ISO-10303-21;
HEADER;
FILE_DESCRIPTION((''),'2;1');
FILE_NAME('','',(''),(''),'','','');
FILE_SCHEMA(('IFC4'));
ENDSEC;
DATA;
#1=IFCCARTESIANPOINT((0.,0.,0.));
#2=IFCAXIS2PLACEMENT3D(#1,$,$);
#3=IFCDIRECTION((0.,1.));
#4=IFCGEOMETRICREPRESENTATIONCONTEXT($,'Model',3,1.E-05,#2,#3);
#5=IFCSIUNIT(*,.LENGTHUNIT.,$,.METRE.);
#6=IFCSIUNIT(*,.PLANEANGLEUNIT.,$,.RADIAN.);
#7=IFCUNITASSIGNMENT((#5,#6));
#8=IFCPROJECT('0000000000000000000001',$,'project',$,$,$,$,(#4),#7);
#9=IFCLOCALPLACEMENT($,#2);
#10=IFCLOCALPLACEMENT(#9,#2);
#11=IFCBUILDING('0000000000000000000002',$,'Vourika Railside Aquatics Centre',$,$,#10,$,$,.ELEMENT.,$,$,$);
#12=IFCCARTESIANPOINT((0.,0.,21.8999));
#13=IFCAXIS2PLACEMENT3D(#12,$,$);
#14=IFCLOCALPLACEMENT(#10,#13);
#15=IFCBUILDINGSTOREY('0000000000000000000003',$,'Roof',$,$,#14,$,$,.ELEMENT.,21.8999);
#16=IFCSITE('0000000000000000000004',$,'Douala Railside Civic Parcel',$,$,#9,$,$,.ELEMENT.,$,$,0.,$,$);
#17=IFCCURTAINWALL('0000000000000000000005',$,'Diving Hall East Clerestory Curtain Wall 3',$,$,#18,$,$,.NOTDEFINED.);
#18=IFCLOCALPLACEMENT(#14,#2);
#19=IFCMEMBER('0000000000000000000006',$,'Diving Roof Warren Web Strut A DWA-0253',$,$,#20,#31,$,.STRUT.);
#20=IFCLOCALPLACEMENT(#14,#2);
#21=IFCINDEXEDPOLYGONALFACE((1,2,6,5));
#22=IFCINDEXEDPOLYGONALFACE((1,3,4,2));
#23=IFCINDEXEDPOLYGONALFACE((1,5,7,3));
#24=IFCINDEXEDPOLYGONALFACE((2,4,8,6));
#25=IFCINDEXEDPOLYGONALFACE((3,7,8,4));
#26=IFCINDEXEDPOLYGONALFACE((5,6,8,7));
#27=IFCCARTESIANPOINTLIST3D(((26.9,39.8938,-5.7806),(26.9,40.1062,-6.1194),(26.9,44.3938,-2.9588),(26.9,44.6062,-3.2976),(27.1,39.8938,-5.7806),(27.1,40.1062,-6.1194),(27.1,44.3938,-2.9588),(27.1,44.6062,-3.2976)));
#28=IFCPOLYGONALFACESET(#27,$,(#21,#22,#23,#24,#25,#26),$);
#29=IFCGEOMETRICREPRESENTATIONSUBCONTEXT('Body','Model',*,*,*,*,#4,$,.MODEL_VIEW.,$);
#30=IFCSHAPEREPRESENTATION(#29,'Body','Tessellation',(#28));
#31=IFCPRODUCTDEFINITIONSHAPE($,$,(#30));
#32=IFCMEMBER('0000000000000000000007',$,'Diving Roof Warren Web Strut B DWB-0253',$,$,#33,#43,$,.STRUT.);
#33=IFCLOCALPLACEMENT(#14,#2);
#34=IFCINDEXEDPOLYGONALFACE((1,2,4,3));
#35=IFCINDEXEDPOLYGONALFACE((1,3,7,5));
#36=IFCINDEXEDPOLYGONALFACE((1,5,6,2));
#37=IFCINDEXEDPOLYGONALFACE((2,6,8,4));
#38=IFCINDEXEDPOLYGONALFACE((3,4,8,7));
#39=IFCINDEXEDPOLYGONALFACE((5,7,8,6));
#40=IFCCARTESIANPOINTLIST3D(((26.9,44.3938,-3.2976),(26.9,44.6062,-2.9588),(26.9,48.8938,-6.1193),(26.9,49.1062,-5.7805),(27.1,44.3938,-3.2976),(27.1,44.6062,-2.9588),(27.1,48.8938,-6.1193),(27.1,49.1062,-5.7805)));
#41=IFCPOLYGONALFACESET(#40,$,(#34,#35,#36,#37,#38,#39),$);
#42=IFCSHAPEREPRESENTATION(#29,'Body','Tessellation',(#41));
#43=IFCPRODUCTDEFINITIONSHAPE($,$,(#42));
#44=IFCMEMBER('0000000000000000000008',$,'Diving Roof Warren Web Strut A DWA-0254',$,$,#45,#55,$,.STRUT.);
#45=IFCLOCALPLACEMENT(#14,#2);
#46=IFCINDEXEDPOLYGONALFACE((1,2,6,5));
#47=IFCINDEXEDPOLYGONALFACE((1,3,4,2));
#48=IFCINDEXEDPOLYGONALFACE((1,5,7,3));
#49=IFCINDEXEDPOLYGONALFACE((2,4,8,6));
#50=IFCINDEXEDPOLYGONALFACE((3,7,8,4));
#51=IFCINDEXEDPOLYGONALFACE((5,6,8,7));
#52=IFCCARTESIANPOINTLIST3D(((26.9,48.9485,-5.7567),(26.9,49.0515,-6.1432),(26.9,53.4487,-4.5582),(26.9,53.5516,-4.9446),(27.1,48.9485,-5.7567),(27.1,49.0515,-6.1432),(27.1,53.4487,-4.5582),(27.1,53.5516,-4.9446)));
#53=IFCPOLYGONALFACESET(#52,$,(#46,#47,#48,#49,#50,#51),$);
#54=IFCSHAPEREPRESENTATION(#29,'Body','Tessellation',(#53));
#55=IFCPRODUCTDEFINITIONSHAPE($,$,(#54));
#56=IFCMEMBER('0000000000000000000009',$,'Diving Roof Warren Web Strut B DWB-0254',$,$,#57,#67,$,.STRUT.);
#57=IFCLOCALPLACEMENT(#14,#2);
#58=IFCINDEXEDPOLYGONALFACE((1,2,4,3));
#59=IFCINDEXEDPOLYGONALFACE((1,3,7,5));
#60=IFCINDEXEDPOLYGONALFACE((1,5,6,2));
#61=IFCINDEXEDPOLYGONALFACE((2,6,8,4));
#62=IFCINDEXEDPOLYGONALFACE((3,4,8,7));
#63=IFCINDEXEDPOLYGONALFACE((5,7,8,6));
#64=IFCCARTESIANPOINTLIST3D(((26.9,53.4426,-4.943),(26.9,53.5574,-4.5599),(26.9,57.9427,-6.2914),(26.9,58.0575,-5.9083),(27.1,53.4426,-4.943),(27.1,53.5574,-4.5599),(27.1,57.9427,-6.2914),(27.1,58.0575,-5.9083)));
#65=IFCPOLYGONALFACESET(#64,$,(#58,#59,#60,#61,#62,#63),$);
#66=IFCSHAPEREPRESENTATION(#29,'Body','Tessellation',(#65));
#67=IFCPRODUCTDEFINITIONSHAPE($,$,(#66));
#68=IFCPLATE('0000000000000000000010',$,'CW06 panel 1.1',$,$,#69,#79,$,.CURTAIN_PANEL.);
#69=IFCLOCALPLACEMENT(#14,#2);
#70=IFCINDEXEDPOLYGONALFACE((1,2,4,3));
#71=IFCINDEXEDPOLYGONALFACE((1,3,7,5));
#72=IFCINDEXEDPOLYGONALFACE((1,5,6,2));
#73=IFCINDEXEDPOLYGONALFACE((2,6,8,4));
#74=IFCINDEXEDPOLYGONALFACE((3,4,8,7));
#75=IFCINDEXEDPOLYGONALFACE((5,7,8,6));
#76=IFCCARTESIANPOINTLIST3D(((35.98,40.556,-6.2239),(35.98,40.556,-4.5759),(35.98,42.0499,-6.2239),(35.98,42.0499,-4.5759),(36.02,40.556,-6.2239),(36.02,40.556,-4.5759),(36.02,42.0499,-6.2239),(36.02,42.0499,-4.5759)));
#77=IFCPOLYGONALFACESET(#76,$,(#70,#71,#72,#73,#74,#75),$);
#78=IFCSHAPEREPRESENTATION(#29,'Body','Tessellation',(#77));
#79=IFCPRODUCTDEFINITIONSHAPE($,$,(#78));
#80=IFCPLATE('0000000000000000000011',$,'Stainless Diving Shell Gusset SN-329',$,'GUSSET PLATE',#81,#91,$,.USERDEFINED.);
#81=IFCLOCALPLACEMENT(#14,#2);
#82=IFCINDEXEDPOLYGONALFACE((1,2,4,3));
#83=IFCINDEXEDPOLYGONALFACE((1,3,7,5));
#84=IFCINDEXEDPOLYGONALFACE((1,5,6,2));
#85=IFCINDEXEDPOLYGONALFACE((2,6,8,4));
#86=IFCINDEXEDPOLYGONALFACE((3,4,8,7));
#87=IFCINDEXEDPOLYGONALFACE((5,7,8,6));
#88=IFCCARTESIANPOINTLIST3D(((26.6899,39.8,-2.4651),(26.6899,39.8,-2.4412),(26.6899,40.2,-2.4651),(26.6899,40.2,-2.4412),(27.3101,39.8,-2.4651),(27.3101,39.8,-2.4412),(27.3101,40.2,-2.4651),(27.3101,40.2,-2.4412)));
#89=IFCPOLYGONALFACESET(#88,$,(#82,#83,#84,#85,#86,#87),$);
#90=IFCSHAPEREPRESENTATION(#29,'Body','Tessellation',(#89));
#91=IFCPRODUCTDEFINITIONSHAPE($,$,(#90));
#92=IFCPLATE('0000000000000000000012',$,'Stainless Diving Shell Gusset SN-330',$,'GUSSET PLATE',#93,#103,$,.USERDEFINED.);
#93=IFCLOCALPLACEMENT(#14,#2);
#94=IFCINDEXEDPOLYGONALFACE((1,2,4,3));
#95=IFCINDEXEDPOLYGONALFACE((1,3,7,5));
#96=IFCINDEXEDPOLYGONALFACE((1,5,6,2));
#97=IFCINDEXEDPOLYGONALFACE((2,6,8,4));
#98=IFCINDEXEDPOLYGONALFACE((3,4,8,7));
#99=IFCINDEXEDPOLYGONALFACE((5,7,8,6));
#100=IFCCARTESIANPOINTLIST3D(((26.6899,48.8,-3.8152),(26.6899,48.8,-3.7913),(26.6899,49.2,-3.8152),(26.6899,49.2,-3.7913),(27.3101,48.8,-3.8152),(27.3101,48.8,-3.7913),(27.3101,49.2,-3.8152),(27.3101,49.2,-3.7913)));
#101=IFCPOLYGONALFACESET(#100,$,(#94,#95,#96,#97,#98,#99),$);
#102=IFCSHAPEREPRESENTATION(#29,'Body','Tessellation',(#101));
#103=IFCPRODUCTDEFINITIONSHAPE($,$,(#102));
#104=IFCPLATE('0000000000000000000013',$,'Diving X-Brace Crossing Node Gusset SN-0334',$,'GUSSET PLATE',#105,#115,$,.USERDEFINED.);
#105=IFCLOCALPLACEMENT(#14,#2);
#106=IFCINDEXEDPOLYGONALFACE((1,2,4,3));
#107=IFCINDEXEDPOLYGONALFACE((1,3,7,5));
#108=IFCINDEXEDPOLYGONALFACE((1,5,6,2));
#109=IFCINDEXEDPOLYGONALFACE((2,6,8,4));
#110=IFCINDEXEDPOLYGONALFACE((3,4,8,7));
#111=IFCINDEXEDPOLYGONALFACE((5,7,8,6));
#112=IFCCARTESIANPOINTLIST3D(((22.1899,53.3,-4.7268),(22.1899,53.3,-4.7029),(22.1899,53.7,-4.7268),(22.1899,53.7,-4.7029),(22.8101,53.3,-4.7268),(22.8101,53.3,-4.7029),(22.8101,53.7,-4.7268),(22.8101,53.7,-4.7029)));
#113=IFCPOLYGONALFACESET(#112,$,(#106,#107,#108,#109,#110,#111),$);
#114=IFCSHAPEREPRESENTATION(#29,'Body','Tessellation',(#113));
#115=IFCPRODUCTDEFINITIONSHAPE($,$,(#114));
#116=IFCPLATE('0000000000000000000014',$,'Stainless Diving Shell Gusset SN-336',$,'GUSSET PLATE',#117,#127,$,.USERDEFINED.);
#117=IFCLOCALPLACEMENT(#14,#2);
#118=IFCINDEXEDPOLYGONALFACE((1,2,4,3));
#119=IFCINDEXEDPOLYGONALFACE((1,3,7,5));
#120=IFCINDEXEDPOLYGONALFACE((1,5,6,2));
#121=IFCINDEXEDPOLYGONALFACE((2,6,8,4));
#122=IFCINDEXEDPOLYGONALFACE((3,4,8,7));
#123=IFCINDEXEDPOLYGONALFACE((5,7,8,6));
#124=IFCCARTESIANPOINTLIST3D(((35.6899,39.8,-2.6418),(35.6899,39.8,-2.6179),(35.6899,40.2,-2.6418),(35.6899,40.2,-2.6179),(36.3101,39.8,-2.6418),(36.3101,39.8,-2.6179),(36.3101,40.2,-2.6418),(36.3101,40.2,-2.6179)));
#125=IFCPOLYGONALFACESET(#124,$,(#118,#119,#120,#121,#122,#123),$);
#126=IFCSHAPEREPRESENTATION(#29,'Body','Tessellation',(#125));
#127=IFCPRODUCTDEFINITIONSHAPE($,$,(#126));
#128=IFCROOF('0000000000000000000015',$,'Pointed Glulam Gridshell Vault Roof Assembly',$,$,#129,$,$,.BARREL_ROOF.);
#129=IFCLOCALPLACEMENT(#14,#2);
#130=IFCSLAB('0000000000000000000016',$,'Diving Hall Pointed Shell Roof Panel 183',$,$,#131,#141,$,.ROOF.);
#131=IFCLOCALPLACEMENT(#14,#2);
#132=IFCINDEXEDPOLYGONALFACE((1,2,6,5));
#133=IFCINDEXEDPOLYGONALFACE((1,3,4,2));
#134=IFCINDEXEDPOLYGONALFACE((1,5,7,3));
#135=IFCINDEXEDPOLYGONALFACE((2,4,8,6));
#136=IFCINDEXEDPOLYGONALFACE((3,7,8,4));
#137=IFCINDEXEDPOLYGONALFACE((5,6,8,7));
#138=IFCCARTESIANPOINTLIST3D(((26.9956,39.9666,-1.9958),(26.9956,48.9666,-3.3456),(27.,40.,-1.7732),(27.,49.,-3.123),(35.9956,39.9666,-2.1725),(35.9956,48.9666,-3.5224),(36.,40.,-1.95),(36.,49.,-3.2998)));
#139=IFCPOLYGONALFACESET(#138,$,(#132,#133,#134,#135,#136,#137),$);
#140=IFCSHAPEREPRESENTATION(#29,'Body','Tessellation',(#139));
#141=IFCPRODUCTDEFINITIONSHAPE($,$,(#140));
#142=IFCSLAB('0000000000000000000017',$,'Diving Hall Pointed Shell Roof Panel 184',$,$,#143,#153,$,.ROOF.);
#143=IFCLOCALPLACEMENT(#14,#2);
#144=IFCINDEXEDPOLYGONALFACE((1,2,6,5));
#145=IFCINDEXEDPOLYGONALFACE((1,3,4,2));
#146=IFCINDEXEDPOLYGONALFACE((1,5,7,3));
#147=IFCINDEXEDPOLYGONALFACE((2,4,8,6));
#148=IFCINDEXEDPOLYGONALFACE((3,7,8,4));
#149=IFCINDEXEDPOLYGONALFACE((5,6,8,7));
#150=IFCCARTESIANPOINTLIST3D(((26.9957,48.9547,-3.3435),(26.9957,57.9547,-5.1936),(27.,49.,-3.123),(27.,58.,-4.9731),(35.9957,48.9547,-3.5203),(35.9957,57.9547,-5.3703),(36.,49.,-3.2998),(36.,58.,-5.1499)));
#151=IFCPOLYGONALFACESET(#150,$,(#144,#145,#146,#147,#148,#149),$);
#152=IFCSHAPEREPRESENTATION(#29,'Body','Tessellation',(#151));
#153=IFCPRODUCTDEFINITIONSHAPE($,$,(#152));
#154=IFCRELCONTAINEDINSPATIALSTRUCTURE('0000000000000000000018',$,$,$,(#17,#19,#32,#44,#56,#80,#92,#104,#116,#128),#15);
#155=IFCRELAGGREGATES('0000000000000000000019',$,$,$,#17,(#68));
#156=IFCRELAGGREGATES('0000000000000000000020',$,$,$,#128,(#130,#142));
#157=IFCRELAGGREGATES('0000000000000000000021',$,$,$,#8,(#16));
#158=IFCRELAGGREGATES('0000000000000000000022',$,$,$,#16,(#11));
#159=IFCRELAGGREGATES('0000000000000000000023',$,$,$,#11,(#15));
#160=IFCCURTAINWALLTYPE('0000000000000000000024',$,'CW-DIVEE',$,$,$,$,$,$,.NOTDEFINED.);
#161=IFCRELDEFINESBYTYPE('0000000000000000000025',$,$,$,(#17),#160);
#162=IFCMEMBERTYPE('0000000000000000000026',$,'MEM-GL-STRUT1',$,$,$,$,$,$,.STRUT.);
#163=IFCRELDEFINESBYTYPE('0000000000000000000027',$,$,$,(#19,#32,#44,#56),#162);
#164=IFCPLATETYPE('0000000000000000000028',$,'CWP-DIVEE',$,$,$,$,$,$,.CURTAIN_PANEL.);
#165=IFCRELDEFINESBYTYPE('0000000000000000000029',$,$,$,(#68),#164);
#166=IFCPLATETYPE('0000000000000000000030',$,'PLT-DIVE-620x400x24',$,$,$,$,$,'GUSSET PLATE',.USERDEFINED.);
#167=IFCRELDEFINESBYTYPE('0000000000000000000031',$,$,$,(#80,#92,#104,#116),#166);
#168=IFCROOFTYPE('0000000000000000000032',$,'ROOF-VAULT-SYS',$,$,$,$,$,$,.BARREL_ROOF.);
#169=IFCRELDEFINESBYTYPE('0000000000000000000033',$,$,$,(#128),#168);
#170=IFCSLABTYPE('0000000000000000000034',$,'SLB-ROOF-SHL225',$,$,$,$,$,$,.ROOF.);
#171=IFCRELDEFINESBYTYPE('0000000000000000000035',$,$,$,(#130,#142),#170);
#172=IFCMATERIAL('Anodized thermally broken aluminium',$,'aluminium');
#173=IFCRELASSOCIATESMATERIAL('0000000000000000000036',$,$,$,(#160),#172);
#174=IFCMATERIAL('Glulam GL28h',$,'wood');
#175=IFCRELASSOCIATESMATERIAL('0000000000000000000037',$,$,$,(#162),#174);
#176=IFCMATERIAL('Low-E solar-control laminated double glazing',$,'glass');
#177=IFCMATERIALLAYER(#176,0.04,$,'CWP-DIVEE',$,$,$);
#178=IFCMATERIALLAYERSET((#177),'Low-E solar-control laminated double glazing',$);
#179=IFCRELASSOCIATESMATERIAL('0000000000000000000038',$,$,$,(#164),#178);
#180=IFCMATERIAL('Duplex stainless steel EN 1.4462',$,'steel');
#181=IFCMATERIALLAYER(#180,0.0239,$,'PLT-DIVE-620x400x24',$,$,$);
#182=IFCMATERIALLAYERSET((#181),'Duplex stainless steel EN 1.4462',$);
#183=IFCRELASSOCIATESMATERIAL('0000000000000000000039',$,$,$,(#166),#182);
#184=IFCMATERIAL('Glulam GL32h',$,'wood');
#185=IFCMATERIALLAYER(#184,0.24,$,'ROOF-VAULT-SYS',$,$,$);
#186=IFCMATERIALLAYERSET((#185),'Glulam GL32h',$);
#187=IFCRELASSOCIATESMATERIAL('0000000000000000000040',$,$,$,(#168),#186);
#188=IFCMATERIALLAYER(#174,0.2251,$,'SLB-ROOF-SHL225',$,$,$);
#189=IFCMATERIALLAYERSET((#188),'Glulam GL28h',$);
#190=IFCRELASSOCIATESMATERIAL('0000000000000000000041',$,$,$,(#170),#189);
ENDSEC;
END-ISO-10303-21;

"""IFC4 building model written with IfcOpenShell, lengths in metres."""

from ifc_helpers import new_model, si_unit, direction, frame, origin, origin_2d, place, context, subcontext, project, spatial, polyline, rectangle, outline, extrude, material, layer, layer_set, material_profile, profile_set, type_object, element, aggregate, save


model = new_model("IFC4")

# Units and contexts
model_context = context("Model", 3, precision=1e-05, world=origin(), true_north=direction((0.0, 1.0)))
body_context = subcontext(model_context, "Body", "Model", "MODEL_VIEW")
ifc_project = project(units=[si_unit("LENGTHUNIT", "METRE"), si_unit("PLANEANGLEUNIT", "RADIAN")], contexts=[model_context])

# Site, building, storey
site_placement = place(None, origin())
site = spatial("IfcSite", under=ifc_project, at=site_placement, Name="Douala Railside Civic Parcel", CompositionType="ELEMENT", RefElevation=0.0)
building_placement = place(site_placement, origin())
building = spatial("IfcBuilding", under=site, at=building_placement, Name="Vourika Railside Aquatics Centre", CompositionType="ELEMENT")
storey_placement = place(building_placement, frame((0.0, 0.0, 21.8999)))
storey = spatial("IfcBuildingStorey", under=building, at=storey_placement, Name="Roof", CompositionType="ELEMENT", Elevation=21.8999)

# Shared definitions
ifc_material_1 = material(Name="Glulam GL32h", Category="wood")

# Curtain wall
ifc_material_2 = material(Name="Anodized thermally broken aluminium", Category="aluminium")
curtain_wall_type = type_object("IfcCurtainWallType", Name="CW-DIVEE", PredefinedType="NOTDEFINED", material=ifc_material_2)
curtain_wall_placement = place(storey_placement, origin())
curtain_wall = element("IfcCurtainWall", 1, at=curtain_wall_placement, inside=storey, type_object=curtain_wall_type, Name="Diving Hall East Clerestory Curtain Wall 3", PredefinedType="NOTDEFINED")

# Members
ifc_material_3 = material(Name="Glulam GL28h", Category="wood")
ifc_material_profile_1 = material_profile(ifc_material_3, rectangle(XDim=0.2, YDim=0.3999, at=origin_2d()), Name="GL28h 200x400")
ifc_profile_set_1 = profile_set([ifc_material_profile_1], Name="Glulam GL28h")
member_type_1 = type_object("IfcMemberType", Name="MEM-GL-STRUT1", PredefinedType="STRUT", material=ifc_profile_set_1)
for number, where, z_axis, x_axis, name in (
    (2, (27.0, 40.0, -5.95), (0.0, 0.847212, 0.531254), (-1.0, 0.0, 0.0), "Diving Roof Warren Web Strut A DWA-0253"),
    (3, (27.0, 44.5, -3.1282), (0.0, 0.847212, -0.531254), (-1.0, 0.0, 0.0), "Diving Roof Warren Web Strut B DWB-0253"),
):
    element("IfcMember", number, at=place(storey_placement, frame(where, z_axis=z_axis, x_axis=x_axis)), inside=storey, type_object=member_type_1, Name=name, PredefinedType="STRUT", context=body_context, shape_type="SweptSolid", body=[
        extrude(rectangle(XDim=0.2, YDim=0.3999, at=origin_2d()), origin(), (0.0, 0.0, 1.0), 5.3115),
    ])
member_1_placement = place(storey_placement, frame((27.0, 49.0, -5.95), z_axis=(0.0, 0.966316, 0.257359), x_axis=(-1.0, 0.0, 0.0)))
element("IfcMember", 4, at=member_1_placement, inside=storey, type_object=member_type_1, Name="Diving Roof Warren Web Strut A DWA-0254", PredefinedType="STRUT", context=body_context, shape_type="SweptSolid", body=[
    extrude(rectangle(XDim=0.2, YDim=0.3999, at=origin_2d()), origin(), (0.0, 0.0, 1.0), 4.657),
])
member_2_placement = place(storey_placement, frame((27.0, 53.5, -4.7515), z_axis=(0.0, 0.957921, -0.287033), x_axis=(-1.0, 0.0, 0.0)))
element("IfcMember", 5, at=member_2_placement, inside=storey, type_object=member_type_1, Name="Diving Roof Warren Web Strut B DWB-0254", PredefinedType="STRUT", context=body_context, shape_type="SweptSolid", body=[
    extrude(rectangle(XDim=0.2, YDim=0.3999, at=origin_2d()), origin(), (0.0, 0.0, 1.0), 4.6978),
])

# Plate
ifc_material_4 = material(Name="Low-E solar-control laminated double glazing", Category="glass")
ifc_layer_1 = layer(ifc_material_4, 0.04, Name="CWP-DIVEE")
ifc_layer_set_1 = layer_set([ifc_layer_1], Name="Low-E solar-control laminated double glazing")
plate_type_1 = type_object("IfcPlateType", Name="CWP-DIVEE", PredefinedType="CURTAIN_PANEL", material=ifc_layer_set_1)
plate_placement = place(storey_placement, frame((36.0, 41.303, -6.2239), z_axis=(0.0, 0.0, 1.0), x_axis=(0.0, 1.0, 0.0)))
plate = element("IfcPlate", 6, at=plate_placement, type_object=plate_type_1, Name="CW06 panel 1.1", PredefinedType="CURTAIN_PANEL", context=body_context, shape_type="SweptSolid", body=[
    extrude(rectangle(XDim=1.4939, YDim=0.04, at=origin_2d()), origin(), (0.0, 0.0, 1.0), 1.6479),
])
aggregate(curtain_wall, [plate])

# Plates
ifc_material_5 = material(Name="Duplex stainless steel EN 1.4462", Category="steel")
ifc_layer_2 = layer(ifc_material_5, 0.0239, Name="PLT-DIVE-620x400x24")
ifc_layer_set_2 = layer_set([ifc_layer_2], Name="Duplex stainless steel EN 1.4462")
plate_type_2 = type_object("IfcPlateType", Name="PLT-DIVE-620x400x24", ElementType="GUSSET PLATE", PredefinedType="USERDEFINED", material=ifc_layer_set_2)
for number, where, z_axis, x_axis, name in (
    (7, (27.0, 40.0, -2.4651), (0.0, 0.0, 1.0), (1.0, 0.0, 0.0), "Stainless Diving Shell Gusset SN-329"),
    (8, (27.0, 49.0, -3.8152), (0.0, 0.0, 1.0), (1.0, 0.0, 0.0), "Stainless Diving Shell Gusset SN-330"),
    (9, (22.5, 53.5, -4.7268), (0.0, 0.0, 1.0), (1.0, 0.0, 0.0), "Diving X-Brace Crossing Node Gusset SN-0334"),
    (10, (36.0, 40.0, -2.6418), (0.0, 0.0, 1.0), (1.0, 0.0, 0.0), "Stainless Diving Shell Gusset SN-336"),
):
    element("IfcPlate", number, at=place(storey_placement, frame(where, z_axis=z_axis, x_axis=x_axis)), inside=storey, type_object=plate_type_2, Name=name, ObjectType="GUSSET PLATE", PredefinedType="USERDEFINED", context=body_context, shape_type="SweptSolid", body=[
        extrude(rectangle(XDim=0.6201, YDim=0.3999, at=origin_2d()), origin(), (0.0, 0.0, 1.0), 0.0239),
    ])

# Roof, slabs
ifc_layer_3 = layer(ifc_material_1, 0.24, Name="ROOF-VAULT-SYS")
ifc_layer_set_3 = layer_set([ifc_layer_3], Name="Glulam GL32h")
roof_type = type_object("IfcRoofType", Name="ROOF-VAULT-SYS", PredefinedType="BARREL_ROOF", material=ifc_layer_set_3)
roof_placement = place(storey_placement, origin())
roof = element("IfcRoof", 11, at=roof_placement, inside=storey, type_object=roof_type, Name="Pointed Glulam Gridshell Vault Roof Assembly", PredefinedType="BARREL_ROOF")
ifc_layer_4 = layer(ifc_material_3, 0.2251, Name="SLB-ROOF-SHL225")
ifc_layer_set_4 = layer_set([ifc_layer_4], Name="Glulam GL28h")
slab_type = type_object("IfcSlabType", Name="SLB-ROOF-SHL225", PredefinedType="ROOF", material=ifc_layer_set_4)
slab_1_placement = place(storey_placement, frame((27.0, 40.0, -1.7732), z_axis=(0.019419, 0.148297, 0.988752), x_axis=(0.999807, 0.0, -0.019636)))
slab_1 = element("IfcSlab", 12, at=slab_1_placement, type_object=slab_type, Name="Diving Hall Pointed Shell Roof Panel 183", PredefinedType="ROOF", context=body_context, shape_type="SweptSolid", body=[
    extrude(outline(polyline([(0.0, 0.0), (9.0017, 0.0), (9.0282, 9.1006), (0.0265, 9.1006), (0.0, 0.0)])), origin(), (0.0, 0.0, -1.0), 0.2251),
])
slab_2_placement = place(storey_placement, frame((27.0, 49.0, -3.123), z_axis=(0.019234, 0.201319, 0.979337), x_axis=(0.999807, 0.0, -0.019636)))
slab_2 = element("IfcSlab", 13, at=slab_2_placement, type_object=slab_type, Name="Diving Hall Pointed Shell Roof Panel 184", PredefinedType="ROOF", context=body_context, shape_type="SweptSolid", body=[
    extrude(outline(polyline([(0.0, 0.0), (9.0017, 0.0), (9.0381, 9.1881), (0.0363, 9.1881), (0.0, 0.0)])), origin(), (0.0, 0.0, -1.0), 0.2251),
])
aggregate(roof, [slab_1, slab_2])

save(model, "model.ifc")
